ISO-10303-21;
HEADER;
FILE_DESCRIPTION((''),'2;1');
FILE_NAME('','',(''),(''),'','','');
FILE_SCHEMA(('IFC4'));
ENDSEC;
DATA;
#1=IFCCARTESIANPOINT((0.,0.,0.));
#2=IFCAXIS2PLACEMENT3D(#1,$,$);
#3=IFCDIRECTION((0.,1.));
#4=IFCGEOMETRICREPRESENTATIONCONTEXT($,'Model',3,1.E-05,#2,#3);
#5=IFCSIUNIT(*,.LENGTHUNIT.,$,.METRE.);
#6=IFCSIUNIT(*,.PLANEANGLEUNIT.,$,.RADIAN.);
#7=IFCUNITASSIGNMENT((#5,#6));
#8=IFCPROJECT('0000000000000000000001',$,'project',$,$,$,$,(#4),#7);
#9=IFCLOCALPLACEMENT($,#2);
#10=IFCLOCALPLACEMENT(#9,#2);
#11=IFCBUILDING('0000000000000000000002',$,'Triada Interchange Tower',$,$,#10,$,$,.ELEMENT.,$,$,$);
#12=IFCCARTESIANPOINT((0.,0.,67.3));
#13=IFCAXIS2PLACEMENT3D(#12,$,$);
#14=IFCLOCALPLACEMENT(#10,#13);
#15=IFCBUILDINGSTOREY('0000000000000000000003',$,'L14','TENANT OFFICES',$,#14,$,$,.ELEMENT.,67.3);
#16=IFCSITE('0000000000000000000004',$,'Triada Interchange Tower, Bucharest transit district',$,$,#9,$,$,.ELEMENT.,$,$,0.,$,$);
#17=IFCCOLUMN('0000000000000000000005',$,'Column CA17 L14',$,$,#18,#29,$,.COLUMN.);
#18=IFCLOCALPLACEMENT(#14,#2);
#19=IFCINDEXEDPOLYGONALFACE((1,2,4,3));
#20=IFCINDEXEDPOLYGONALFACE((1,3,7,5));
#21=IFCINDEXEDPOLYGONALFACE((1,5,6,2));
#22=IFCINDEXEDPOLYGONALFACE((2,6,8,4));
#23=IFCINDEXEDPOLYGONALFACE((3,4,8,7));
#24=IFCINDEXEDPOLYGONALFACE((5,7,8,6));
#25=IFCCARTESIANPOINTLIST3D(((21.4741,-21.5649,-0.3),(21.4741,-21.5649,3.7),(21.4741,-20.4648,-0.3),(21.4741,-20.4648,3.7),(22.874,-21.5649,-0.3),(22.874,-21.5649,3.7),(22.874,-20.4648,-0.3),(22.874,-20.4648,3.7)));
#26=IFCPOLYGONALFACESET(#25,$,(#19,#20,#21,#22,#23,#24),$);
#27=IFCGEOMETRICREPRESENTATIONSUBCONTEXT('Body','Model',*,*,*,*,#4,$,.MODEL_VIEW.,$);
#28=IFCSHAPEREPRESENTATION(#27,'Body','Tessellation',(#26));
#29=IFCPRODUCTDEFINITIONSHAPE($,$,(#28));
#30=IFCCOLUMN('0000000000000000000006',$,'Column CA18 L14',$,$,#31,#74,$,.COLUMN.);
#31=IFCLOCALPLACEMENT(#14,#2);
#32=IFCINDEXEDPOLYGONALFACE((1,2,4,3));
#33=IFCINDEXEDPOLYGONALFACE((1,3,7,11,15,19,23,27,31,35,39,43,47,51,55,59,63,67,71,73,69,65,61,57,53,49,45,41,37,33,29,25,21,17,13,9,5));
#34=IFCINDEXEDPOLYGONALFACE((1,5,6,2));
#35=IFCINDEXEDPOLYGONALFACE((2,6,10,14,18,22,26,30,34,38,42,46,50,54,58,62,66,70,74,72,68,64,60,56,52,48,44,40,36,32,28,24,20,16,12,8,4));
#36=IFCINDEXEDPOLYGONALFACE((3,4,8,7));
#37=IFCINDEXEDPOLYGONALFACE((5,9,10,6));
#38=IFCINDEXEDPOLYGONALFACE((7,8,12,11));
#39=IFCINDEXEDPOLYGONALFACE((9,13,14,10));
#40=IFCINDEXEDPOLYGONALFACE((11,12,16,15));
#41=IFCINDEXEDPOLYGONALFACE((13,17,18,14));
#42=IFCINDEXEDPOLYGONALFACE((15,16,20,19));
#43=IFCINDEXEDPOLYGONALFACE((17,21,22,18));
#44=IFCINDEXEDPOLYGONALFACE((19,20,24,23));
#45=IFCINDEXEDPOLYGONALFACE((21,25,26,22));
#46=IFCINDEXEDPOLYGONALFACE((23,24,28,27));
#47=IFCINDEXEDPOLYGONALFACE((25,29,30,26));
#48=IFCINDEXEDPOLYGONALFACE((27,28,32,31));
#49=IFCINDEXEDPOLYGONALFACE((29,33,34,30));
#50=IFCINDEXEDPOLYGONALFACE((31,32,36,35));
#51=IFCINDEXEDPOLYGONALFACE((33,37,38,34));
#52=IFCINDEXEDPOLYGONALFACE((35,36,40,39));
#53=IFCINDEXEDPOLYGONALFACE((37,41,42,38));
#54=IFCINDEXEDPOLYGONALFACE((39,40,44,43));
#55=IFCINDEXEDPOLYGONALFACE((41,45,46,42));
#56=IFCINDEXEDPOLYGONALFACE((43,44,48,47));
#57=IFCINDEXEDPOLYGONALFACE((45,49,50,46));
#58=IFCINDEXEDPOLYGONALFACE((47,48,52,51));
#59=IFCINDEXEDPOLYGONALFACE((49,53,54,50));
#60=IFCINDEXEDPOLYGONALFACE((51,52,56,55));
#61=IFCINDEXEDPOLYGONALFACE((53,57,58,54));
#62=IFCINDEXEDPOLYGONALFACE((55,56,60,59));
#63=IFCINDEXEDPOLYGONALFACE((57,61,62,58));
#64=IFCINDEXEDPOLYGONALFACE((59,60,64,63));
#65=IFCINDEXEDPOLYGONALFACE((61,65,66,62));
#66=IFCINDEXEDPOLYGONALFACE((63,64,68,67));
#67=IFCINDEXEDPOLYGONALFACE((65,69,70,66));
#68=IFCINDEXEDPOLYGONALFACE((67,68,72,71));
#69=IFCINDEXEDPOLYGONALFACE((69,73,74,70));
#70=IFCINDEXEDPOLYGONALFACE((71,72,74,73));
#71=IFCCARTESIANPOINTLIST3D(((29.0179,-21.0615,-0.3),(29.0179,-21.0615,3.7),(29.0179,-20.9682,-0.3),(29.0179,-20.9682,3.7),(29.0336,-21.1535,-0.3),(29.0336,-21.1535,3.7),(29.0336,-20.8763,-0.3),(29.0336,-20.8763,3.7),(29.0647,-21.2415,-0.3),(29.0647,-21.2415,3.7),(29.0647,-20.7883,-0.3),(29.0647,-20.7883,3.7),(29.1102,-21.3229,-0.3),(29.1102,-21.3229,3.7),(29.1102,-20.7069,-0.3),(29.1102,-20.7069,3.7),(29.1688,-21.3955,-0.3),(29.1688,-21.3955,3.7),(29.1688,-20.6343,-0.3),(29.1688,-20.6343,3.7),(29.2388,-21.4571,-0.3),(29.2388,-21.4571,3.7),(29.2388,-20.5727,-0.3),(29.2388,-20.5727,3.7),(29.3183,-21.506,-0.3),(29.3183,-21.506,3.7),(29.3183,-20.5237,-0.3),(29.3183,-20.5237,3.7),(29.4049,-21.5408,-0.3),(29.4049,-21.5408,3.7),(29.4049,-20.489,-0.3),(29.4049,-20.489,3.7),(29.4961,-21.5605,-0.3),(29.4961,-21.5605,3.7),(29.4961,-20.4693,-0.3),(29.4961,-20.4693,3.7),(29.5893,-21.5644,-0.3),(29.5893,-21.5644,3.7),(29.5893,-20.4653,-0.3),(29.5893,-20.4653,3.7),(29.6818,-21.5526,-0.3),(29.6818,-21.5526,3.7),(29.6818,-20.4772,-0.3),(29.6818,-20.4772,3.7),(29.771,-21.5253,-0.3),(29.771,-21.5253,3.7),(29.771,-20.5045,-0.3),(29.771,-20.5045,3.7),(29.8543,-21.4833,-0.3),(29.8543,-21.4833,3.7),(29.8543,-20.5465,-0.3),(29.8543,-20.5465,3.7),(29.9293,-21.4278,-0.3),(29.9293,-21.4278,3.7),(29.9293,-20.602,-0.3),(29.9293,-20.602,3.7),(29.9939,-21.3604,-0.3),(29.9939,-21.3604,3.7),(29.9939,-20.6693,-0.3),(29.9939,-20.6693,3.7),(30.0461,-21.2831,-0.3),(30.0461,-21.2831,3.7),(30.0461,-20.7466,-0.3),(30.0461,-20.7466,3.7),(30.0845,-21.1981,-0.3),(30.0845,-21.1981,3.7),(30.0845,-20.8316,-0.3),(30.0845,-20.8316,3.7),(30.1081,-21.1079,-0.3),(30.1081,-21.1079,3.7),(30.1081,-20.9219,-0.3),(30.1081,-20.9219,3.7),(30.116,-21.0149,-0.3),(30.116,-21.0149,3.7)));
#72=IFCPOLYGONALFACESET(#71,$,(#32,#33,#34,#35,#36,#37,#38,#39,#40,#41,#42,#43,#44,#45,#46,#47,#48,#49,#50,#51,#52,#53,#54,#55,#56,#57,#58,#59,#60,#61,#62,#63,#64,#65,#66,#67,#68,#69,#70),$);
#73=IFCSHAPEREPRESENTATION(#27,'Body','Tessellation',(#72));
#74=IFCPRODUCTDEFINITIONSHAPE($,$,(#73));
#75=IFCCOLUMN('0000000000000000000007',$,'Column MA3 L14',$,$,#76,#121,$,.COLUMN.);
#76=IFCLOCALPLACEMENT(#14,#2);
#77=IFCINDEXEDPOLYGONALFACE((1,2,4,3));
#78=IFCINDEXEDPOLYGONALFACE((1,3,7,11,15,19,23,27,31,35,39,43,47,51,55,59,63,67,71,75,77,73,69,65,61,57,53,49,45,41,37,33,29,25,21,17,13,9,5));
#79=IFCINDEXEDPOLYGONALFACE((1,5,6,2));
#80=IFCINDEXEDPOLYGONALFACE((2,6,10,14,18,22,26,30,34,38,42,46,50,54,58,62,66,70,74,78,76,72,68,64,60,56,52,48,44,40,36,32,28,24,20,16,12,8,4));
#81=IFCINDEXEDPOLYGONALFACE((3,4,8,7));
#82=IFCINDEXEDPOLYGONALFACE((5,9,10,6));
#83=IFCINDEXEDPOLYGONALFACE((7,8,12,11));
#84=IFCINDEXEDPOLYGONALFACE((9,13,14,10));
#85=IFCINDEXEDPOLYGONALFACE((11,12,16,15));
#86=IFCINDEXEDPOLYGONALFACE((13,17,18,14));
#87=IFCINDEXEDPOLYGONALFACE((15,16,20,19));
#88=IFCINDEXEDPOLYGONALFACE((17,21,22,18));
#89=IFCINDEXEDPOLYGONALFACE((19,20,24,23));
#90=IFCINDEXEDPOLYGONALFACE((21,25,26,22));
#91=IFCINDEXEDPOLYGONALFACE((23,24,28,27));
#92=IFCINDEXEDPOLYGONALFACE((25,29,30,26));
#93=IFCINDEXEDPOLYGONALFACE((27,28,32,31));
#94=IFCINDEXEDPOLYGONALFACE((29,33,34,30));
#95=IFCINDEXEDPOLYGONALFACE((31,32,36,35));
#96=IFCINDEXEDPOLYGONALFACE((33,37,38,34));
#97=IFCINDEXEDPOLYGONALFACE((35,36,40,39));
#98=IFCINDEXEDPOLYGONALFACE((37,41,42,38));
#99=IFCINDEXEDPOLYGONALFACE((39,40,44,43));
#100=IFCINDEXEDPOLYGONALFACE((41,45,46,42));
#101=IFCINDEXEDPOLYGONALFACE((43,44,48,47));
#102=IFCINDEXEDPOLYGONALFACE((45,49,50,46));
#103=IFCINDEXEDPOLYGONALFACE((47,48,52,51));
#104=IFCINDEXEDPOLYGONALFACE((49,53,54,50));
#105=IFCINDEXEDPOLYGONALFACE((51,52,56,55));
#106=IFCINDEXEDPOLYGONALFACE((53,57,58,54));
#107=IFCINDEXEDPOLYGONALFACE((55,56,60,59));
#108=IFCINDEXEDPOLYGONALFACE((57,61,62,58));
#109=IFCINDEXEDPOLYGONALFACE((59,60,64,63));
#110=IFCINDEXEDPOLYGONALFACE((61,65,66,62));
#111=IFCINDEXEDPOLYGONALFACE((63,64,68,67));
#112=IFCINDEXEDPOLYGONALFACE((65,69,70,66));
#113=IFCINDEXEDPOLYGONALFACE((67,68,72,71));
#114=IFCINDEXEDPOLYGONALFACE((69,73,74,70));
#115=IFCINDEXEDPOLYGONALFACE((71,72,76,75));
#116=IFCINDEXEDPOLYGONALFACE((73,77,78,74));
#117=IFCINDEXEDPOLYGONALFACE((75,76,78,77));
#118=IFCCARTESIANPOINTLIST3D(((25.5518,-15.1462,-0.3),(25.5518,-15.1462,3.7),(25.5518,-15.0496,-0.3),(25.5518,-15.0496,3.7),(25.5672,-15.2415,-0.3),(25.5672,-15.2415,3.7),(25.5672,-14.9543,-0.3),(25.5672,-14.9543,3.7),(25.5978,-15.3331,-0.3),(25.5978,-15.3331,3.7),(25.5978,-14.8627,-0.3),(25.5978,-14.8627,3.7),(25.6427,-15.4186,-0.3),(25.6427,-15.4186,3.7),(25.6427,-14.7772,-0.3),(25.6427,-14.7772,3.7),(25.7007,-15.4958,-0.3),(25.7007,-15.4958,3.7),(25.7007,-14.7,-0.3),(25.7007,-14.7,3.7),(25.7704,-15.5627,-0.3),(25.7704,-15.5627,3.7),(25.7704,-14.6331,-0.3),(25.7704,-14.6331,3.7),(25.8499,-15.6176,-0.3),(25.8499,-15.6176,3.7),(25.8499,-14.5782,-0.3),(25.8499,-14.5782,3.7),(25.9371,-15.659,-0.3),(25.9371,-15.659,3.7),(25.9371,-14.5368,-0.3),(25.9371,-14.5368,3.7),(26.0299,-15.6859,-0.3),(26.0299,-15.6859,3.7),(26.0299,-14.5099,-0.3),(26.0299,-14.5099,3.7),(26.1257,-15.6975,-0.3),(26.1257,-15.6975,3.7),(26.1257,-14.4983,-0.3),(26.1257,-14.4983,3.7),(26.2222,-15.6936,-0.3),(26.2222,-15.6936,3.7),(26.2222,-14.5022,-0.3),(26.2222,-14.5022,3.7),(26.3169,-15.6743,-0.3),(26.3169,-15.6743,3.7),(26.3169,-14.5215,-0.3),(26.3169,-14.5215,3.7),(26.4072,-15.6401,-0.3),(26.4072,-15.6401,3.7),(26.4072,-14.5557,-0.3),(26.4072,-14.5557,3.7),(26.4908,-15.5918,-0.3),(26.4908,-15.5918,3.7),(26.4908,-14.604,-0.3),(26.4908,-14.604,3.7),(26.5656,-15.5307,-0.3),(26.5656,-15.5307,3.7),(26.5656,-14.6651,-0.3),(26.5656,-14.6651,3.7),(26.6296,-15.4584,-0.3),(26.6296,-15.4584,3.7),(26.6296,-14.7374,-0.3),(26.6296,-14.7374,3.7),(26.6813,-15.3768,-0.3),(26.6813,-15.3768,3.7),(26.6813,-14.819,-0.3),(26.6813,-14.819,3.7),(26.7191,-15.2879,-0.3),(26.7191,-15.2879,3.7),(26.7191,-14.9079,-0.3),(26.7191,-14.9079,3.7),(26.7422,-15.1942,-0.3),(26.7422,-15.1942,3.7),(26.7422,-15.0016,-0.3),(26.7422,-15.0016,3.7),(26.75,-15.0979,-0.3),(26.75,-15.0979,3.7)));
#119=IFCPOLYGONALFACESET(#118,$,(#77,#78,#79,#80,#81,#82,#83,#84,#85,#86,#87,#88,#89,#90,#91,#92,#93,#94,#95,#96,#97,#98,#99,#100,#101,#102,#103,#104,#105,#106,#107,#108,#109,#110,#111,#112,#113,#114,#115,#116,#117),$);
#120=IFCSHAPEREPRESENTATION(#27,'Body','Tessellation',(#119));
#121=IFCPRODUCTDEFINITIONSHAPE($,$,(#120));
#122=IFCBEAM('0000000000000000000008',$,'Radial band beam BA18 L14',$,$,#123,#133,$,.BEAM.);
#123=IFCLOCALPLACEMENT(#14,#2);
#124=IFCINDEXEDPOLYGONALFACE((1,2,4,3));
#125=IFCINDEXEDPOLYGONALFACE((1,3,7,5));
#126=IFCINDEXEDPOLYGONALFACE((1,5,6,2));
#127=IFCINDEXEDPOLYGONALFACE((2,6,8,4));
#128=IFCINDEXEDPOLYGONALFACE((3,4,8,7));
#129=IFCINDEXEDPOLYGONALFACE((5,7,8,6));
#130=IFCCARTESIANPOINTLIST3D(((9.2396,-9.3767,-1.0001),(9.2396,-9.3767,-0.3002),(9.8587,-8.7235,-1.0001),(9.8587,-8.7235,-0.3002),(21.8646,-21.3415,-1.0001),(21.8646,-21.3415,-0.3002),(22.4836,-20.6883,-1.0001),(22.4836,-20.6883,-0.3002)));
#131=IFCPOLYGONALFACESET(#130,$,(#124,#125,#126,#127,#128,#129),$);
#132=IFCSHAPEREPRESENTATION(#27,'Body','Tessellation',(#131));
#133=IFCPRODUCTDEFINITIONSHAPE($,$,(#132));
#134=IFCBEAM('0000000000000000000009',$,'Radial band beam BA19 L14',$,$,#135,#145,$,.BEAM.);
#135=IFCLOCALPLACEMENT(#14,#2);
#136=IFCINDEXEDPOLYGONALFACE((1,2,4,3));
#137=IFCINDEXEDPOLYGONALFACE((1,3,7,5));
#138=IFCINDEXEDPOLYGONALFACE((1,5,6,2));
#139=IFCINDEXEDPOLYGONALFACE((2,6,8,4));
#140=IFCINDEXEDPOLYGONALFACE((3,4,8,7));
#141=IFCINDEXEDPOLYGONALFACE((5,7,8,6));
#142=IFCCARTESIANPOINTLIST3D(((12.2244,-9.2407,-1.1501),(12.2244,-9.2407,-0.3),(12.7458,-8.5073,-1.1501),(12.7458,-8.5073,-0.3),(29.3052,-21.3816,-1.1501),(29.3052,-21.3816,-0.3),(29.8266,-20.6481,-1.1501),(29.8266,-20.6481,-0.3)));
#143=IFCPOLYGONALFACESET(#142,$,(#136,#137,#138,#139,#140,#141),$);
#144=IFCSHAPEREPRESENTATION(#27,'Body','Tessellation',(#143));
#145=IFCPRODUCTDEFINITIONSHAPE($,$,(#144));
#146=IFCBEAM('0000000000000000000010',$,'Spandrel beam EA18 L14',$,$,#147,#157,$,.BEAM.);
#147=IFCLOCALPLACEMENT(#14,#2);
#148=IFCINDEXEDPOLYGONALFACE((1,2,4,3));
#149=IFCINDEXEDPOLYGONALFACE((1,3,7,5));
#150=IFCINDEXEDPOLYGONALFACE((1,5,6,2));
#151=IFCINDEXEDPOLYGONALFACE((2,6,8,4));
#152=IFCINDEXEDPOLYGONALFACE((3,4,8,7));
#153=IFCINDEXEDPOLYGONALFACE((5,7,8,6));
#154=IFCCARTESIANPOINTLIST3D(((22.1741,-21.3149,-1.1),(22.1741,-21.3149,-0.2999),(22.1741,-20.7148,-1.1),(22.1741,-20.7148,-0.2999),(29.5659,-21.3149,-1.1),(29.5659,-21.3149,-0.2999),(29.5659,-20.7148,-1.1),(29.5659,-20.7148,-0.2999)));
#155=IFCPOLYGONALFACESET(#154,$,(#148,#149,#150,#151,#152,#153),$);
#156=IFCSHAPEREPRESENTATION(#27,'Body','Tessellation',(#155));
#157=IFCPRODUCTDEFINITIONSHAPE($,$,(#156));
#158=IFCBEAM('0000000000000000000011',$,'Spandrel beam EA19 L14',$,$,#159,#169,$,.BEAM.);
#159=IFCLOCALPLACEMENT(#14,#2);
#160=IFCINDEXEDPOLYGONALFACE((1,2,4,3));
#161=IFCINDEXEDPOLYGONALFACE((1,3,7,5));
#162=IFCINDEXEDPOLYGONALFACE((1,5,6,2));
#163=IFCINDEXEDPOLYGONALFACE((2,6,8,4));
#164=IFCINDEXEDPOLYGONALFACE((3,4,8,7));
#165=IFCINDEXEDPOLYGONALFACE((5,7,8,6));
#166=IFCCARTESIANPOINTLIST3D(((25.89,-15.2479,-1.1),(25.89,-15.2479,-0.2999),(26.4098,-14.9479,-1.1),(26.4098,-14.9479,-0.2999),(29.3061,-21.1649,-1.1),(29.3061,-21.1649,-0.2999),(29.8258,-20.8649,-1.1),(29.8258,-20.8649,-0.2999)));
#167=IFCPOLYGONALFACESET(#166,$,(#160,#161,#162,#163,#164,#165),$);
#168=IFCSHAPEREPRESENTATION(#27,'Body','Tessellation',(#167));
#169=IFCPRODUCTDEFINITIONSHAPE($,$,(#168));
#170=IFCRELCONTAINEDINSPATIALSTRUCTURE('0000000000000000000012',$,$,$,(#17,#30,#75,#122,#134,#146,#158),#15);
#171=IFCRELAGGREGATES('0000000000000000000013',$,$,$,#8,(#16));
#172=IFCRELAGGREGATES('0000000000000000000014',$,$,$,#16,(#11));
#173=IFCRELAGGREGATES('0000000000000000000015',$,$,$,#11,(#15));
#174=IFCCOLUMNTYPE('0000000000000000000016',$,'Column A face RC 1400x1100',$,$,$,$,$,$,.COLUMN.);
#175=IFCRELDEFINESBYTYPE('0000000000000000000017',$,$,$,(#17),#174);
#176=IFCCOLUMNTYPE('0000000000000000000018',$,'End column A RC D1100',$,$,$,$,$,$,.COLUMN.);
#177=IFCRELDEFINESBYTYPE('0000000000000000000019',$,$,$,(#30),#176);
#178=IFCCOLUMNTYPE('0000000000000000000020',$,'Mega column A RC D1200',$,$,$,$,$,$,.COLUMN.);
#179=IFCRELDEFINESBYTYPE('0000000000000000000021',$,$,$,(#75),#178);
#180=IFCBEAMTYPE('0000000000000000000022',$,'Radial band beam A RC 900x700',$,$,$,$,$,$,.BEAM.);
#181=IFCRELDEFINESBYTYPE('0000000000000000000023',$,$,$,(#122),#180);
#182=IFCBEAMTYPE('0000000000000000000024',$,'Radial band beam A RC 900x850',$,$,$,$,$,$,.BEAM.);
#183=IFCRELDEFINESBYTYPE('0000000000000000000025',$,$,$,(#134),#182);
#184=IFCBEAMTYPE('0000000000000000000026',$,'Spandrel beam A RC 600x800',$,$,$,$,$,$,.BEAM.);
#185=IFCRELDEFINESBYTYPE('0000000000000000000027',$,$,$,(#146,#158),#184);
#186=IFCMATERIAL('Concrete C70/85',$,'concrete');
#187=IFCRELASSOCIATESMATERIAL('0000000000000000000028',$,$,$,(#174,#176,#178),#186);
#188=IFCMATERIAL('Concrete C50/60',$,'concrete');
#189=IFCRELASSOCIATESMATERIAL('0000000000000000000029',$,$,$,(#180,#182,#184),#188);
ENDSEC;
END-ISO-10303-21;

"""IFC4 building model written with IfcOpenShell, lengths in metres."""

from ifc_helpers import new_model, si_unit, direction, frame, origin, origin_2d, place, context, subcontext, project, spatial, rectangle, circle, extrude, material, material_profile, profile_set, type_object, element, save


model = new_model("IFC4")

# Units and contexts
model_context = context("Model", 3, precision=1e-05, world=origin(), true_north=direction((0.0, 1.0)))
body_context = subcontext(model_context, "Body", "Model", "MODEL_VIEW")
ifc_project = project(units=[si_unit("LENGTHUNIT", "METRE"), si_unit("PLANEANGLEUNIT", "RADIAN")], contexts=[model_context])

# Site, building, storey
site_placement = place(None, origin())
site = spatial("IfcSite", under=ifc_project, at=site_placement, Name="Triada Interchange Tower, Bucharest transit district", CompositionType="ELEMENT", RefElevation=0.0)
building_placement = place(site_placement, origin())
building = spatial("IfcBuilding", under=site, at=building_placement, Name="Triada Interchange Tower", CompositionType="ELEMENT")
storey_placement = place(building_placement, frame((0.0, 0.0, 67.3)))
storey = spatial("IfcBuildingStorey", under=building, at=storey_placement, Name="L14", Description="TENANT OFFICES", CompositionType="ELEMENT", Elevation=67.3)

# Columns
ifc_material_1 = material(Name="Concrete C70/85", Category="concrete")
ifc_material_profile_1 = material_profile(ifc_material_1, rectangle(XDim=1.3999, YDim=1.1001, at=origin_2d()), Name="RC 1400x1100")
ifc_profile_set_1 = profile_set([ifc_material_profile_1], Name="Concrete C70/85")
column_type_1 = type_object("IfcColumnType", Name="Column A face RC 1400x1100", PredefinedType="COLUMN", material=ifc_profile_set_1)
column_1_placement = place(storey_placement, frame((22.1741, -21.0149, -0.3), z_axis=(0.0, 0.0, 1.0), x_axis=(1.0, 0.0, 0.0)))
element("IfcColumn", 1, at=column_1_placement, inside=storey, type_object=column_type_1, Name="Column CA17 L14", PredefinedType="COLUMN", context=body_context, shape_type="SweptSolid", body=[
    extrude(rectangle(XDim=1.3999, YDim=1.1001, at=origin_2d()), origin(), (0.0, 0.0, 1.0), 4.0),
])
ifc_material_profile_2 = material_profile(ifc_material_1, circle(Radius=0.55, at=origin_2d()), Name="RC D1100")
ifc_profile_set_2 = profile_set([ifc_material_profile_2], Name="Concrete C70/85")
column_type_2 = type_object("IfcColumnType", Name="End column A RC D1100", PredefinedType="COLUMN", material=ifc_profile_set_2)
column_2_placement = place(storey_placement, frame((29.5659, -21.0149, -0.3), z_axis=(0.0, 0.0, 1.0), x_axis=(1.0, 0.0, 0.0)))
element("IfcColumn", 2, at=column_2_placement, inside=storey, type_object=column_type_2, Name="Column CA18 L14", PredefinedType="COLUMN", context=body_context, shape_type="SweptSolid", body=[
    extrude(circle(Radius=0.55, at=origin_2d()), origin(), (0.0, 0.0, 1.0), 4.0),
])
ifc_material_profile_3 = material_profile(ifc_material_1, circle(Radius=0.6001, at=origin_2d()), Name="RC D1200")
ifc_profile_set_3 = profile_set([ifc_material_profile_3], Name="Concrete C70/85")
column_type_3 = type_object("IfcColumnType", Name="Mega column A RC D1200", PredefinedType="COLUMN", material=ifc_profile_set_3)
column_3_placement = place(storey_placement, frame((26.1499, -15.0979, -0.3), z_axis=(0.0, 0.0, 1.0), x_axis=(1.0, 0.0, 0.0)))
element("IfcColumn", 3, at=column_3_placement, inside=storey, type_object=column_type_3, Name="Column MA3 L14", PredefinedType="COLUMN", context=body_context, shape_type="SweptSolid", body=[
    extrude(circle(Radius=0.6001, at=origin_2d()), origin(), (0.0, 0.0, 1.0), 4.0),
])

# Beams
ifc_material_2 = material(Name="Concrete C50/60", Category="concrete")
ifc_material_profile_4 = material_profile(ifc_material_2, rectangle(XDim=0.8999, YDim=0.7, at=origin_2d()), Name="RC 900x700")
ifc_profile_set_4 = profile_set([ifc_material_profile_4], Name="Concrete C50/60")
beam_type_1 = type_object("IfcBeamType", Name="Radial band beam A RC 900x700", PredefinedType="BEAM", material=ifc_profile_set_4)
beam_1_placement = place(storey_placement, frame((22.1741, -21.0149, -0.6501), z_axis=(-0.725829, 0.687875, 0.0), x_axis=(-0.687875, -0.725829, 0.0)))
element("IfcBeam", 4, at=beam_1_placement, inside=storey, type_object=beam_type_1, Name="Radial band beam BA18 L14", PredefinedType="BEAM", context=body_context, shape_type="SweptSolid", body=[
    extrude(rectangle(XDim=0.8999, YDim=0.7, at=origin_2d()), origin(), (0.0, 0.0, 1.0), 17.3938),
])
ifc_material_profile_5 = material_profile(ifc_material_2, rectangle(XDim=0.8999, YDim=0.8501, at=origin_2d()), Name="RC 900x850")
ifc_profile_set_5 = profile_set([ifc_material_profile_5], Name="Concrete C50/60")
beam_type_2 = type_object("IfcBeamType", Name="Radial band beam A RC 900x850", PredefinedType="BEAM", material=ifc_profile_set_5)
beam_2_placement = place(storey_placement, frame((29.5659, -21.0149, -0.7251), z_axis=(-0.815079, 0.57935, 0.0), x_axis=(-0.57935, -0.815079, 0.0)))
element("IfcBeam", 5, at=beam_2_placement, inside=storey, type_object=beam_type_2, Name="Radial band beam BA19 L14", PredefinedType="BEAM", context=body_context, shape_type="SweptSolid", body=[
    extrude(rectangle(XDim=0.8999, YDim=0.8501, at=origin_2d()), origin(), (0.0, 0.0, 1.0), 20.9561),
])
ifc_material_profile_6 = material_profile(ifc_material_2, rectangle(XDim=0.6001, YDim=0.8, at=origin_2d()), Name="RC 600x800")
ifc_profile_set_6 = profile_set([ifc_material_profile_6], Name="Concrete C50/60")
beam_type_3 = type_object("IfcBeamType", Name="Spandrel beam A RC 600x800", PredefinedType="BEAM", material=ifc_profile_set_6)
beam_3_placement = place(storey_placement, frame((22.1741, -21.0149, -0.7), z_axis=(1.0, 0.0, 0.0), x_axis=(0.0, 1.0, 0.0)))
element("IfcBeam", 6, at=beam_3_placement, inside=storey, type_object=beam_type_3, Name="Spandrel beam EA18 L14", PredefinedType="BEAM", context=body_context, shape_type="SweptSolid", body=[
    extrude(rectangle(XDim=0.6001, YDim=0.8, at=origin_2d()), origin(), (0.0, 0.0, 1.0), 7.3918),
])
beam_4_placement = place(storey_placement, frame((29.5659, -21.0149, -0.7), z_axis=(-0.499982, 0.866036, 0.0), x_axis=(-0.866036, -0.499982, 0.0)))
element("IfcBeam", 7, at=beam_4_placement, inside=storey, type_object=beam_type_3, Name="Spandrel beam EA19 L14", PredefinedType="BEAM", context=body_context, shape_type="SweptSolid", body=[
    extrude(rectangle(XDim=0.6001, YDim=0.8, at=origin_2d()), origin(), (0.0, 0.0, 1.0), 6.8323),
])

save(model, "model.ifc")
